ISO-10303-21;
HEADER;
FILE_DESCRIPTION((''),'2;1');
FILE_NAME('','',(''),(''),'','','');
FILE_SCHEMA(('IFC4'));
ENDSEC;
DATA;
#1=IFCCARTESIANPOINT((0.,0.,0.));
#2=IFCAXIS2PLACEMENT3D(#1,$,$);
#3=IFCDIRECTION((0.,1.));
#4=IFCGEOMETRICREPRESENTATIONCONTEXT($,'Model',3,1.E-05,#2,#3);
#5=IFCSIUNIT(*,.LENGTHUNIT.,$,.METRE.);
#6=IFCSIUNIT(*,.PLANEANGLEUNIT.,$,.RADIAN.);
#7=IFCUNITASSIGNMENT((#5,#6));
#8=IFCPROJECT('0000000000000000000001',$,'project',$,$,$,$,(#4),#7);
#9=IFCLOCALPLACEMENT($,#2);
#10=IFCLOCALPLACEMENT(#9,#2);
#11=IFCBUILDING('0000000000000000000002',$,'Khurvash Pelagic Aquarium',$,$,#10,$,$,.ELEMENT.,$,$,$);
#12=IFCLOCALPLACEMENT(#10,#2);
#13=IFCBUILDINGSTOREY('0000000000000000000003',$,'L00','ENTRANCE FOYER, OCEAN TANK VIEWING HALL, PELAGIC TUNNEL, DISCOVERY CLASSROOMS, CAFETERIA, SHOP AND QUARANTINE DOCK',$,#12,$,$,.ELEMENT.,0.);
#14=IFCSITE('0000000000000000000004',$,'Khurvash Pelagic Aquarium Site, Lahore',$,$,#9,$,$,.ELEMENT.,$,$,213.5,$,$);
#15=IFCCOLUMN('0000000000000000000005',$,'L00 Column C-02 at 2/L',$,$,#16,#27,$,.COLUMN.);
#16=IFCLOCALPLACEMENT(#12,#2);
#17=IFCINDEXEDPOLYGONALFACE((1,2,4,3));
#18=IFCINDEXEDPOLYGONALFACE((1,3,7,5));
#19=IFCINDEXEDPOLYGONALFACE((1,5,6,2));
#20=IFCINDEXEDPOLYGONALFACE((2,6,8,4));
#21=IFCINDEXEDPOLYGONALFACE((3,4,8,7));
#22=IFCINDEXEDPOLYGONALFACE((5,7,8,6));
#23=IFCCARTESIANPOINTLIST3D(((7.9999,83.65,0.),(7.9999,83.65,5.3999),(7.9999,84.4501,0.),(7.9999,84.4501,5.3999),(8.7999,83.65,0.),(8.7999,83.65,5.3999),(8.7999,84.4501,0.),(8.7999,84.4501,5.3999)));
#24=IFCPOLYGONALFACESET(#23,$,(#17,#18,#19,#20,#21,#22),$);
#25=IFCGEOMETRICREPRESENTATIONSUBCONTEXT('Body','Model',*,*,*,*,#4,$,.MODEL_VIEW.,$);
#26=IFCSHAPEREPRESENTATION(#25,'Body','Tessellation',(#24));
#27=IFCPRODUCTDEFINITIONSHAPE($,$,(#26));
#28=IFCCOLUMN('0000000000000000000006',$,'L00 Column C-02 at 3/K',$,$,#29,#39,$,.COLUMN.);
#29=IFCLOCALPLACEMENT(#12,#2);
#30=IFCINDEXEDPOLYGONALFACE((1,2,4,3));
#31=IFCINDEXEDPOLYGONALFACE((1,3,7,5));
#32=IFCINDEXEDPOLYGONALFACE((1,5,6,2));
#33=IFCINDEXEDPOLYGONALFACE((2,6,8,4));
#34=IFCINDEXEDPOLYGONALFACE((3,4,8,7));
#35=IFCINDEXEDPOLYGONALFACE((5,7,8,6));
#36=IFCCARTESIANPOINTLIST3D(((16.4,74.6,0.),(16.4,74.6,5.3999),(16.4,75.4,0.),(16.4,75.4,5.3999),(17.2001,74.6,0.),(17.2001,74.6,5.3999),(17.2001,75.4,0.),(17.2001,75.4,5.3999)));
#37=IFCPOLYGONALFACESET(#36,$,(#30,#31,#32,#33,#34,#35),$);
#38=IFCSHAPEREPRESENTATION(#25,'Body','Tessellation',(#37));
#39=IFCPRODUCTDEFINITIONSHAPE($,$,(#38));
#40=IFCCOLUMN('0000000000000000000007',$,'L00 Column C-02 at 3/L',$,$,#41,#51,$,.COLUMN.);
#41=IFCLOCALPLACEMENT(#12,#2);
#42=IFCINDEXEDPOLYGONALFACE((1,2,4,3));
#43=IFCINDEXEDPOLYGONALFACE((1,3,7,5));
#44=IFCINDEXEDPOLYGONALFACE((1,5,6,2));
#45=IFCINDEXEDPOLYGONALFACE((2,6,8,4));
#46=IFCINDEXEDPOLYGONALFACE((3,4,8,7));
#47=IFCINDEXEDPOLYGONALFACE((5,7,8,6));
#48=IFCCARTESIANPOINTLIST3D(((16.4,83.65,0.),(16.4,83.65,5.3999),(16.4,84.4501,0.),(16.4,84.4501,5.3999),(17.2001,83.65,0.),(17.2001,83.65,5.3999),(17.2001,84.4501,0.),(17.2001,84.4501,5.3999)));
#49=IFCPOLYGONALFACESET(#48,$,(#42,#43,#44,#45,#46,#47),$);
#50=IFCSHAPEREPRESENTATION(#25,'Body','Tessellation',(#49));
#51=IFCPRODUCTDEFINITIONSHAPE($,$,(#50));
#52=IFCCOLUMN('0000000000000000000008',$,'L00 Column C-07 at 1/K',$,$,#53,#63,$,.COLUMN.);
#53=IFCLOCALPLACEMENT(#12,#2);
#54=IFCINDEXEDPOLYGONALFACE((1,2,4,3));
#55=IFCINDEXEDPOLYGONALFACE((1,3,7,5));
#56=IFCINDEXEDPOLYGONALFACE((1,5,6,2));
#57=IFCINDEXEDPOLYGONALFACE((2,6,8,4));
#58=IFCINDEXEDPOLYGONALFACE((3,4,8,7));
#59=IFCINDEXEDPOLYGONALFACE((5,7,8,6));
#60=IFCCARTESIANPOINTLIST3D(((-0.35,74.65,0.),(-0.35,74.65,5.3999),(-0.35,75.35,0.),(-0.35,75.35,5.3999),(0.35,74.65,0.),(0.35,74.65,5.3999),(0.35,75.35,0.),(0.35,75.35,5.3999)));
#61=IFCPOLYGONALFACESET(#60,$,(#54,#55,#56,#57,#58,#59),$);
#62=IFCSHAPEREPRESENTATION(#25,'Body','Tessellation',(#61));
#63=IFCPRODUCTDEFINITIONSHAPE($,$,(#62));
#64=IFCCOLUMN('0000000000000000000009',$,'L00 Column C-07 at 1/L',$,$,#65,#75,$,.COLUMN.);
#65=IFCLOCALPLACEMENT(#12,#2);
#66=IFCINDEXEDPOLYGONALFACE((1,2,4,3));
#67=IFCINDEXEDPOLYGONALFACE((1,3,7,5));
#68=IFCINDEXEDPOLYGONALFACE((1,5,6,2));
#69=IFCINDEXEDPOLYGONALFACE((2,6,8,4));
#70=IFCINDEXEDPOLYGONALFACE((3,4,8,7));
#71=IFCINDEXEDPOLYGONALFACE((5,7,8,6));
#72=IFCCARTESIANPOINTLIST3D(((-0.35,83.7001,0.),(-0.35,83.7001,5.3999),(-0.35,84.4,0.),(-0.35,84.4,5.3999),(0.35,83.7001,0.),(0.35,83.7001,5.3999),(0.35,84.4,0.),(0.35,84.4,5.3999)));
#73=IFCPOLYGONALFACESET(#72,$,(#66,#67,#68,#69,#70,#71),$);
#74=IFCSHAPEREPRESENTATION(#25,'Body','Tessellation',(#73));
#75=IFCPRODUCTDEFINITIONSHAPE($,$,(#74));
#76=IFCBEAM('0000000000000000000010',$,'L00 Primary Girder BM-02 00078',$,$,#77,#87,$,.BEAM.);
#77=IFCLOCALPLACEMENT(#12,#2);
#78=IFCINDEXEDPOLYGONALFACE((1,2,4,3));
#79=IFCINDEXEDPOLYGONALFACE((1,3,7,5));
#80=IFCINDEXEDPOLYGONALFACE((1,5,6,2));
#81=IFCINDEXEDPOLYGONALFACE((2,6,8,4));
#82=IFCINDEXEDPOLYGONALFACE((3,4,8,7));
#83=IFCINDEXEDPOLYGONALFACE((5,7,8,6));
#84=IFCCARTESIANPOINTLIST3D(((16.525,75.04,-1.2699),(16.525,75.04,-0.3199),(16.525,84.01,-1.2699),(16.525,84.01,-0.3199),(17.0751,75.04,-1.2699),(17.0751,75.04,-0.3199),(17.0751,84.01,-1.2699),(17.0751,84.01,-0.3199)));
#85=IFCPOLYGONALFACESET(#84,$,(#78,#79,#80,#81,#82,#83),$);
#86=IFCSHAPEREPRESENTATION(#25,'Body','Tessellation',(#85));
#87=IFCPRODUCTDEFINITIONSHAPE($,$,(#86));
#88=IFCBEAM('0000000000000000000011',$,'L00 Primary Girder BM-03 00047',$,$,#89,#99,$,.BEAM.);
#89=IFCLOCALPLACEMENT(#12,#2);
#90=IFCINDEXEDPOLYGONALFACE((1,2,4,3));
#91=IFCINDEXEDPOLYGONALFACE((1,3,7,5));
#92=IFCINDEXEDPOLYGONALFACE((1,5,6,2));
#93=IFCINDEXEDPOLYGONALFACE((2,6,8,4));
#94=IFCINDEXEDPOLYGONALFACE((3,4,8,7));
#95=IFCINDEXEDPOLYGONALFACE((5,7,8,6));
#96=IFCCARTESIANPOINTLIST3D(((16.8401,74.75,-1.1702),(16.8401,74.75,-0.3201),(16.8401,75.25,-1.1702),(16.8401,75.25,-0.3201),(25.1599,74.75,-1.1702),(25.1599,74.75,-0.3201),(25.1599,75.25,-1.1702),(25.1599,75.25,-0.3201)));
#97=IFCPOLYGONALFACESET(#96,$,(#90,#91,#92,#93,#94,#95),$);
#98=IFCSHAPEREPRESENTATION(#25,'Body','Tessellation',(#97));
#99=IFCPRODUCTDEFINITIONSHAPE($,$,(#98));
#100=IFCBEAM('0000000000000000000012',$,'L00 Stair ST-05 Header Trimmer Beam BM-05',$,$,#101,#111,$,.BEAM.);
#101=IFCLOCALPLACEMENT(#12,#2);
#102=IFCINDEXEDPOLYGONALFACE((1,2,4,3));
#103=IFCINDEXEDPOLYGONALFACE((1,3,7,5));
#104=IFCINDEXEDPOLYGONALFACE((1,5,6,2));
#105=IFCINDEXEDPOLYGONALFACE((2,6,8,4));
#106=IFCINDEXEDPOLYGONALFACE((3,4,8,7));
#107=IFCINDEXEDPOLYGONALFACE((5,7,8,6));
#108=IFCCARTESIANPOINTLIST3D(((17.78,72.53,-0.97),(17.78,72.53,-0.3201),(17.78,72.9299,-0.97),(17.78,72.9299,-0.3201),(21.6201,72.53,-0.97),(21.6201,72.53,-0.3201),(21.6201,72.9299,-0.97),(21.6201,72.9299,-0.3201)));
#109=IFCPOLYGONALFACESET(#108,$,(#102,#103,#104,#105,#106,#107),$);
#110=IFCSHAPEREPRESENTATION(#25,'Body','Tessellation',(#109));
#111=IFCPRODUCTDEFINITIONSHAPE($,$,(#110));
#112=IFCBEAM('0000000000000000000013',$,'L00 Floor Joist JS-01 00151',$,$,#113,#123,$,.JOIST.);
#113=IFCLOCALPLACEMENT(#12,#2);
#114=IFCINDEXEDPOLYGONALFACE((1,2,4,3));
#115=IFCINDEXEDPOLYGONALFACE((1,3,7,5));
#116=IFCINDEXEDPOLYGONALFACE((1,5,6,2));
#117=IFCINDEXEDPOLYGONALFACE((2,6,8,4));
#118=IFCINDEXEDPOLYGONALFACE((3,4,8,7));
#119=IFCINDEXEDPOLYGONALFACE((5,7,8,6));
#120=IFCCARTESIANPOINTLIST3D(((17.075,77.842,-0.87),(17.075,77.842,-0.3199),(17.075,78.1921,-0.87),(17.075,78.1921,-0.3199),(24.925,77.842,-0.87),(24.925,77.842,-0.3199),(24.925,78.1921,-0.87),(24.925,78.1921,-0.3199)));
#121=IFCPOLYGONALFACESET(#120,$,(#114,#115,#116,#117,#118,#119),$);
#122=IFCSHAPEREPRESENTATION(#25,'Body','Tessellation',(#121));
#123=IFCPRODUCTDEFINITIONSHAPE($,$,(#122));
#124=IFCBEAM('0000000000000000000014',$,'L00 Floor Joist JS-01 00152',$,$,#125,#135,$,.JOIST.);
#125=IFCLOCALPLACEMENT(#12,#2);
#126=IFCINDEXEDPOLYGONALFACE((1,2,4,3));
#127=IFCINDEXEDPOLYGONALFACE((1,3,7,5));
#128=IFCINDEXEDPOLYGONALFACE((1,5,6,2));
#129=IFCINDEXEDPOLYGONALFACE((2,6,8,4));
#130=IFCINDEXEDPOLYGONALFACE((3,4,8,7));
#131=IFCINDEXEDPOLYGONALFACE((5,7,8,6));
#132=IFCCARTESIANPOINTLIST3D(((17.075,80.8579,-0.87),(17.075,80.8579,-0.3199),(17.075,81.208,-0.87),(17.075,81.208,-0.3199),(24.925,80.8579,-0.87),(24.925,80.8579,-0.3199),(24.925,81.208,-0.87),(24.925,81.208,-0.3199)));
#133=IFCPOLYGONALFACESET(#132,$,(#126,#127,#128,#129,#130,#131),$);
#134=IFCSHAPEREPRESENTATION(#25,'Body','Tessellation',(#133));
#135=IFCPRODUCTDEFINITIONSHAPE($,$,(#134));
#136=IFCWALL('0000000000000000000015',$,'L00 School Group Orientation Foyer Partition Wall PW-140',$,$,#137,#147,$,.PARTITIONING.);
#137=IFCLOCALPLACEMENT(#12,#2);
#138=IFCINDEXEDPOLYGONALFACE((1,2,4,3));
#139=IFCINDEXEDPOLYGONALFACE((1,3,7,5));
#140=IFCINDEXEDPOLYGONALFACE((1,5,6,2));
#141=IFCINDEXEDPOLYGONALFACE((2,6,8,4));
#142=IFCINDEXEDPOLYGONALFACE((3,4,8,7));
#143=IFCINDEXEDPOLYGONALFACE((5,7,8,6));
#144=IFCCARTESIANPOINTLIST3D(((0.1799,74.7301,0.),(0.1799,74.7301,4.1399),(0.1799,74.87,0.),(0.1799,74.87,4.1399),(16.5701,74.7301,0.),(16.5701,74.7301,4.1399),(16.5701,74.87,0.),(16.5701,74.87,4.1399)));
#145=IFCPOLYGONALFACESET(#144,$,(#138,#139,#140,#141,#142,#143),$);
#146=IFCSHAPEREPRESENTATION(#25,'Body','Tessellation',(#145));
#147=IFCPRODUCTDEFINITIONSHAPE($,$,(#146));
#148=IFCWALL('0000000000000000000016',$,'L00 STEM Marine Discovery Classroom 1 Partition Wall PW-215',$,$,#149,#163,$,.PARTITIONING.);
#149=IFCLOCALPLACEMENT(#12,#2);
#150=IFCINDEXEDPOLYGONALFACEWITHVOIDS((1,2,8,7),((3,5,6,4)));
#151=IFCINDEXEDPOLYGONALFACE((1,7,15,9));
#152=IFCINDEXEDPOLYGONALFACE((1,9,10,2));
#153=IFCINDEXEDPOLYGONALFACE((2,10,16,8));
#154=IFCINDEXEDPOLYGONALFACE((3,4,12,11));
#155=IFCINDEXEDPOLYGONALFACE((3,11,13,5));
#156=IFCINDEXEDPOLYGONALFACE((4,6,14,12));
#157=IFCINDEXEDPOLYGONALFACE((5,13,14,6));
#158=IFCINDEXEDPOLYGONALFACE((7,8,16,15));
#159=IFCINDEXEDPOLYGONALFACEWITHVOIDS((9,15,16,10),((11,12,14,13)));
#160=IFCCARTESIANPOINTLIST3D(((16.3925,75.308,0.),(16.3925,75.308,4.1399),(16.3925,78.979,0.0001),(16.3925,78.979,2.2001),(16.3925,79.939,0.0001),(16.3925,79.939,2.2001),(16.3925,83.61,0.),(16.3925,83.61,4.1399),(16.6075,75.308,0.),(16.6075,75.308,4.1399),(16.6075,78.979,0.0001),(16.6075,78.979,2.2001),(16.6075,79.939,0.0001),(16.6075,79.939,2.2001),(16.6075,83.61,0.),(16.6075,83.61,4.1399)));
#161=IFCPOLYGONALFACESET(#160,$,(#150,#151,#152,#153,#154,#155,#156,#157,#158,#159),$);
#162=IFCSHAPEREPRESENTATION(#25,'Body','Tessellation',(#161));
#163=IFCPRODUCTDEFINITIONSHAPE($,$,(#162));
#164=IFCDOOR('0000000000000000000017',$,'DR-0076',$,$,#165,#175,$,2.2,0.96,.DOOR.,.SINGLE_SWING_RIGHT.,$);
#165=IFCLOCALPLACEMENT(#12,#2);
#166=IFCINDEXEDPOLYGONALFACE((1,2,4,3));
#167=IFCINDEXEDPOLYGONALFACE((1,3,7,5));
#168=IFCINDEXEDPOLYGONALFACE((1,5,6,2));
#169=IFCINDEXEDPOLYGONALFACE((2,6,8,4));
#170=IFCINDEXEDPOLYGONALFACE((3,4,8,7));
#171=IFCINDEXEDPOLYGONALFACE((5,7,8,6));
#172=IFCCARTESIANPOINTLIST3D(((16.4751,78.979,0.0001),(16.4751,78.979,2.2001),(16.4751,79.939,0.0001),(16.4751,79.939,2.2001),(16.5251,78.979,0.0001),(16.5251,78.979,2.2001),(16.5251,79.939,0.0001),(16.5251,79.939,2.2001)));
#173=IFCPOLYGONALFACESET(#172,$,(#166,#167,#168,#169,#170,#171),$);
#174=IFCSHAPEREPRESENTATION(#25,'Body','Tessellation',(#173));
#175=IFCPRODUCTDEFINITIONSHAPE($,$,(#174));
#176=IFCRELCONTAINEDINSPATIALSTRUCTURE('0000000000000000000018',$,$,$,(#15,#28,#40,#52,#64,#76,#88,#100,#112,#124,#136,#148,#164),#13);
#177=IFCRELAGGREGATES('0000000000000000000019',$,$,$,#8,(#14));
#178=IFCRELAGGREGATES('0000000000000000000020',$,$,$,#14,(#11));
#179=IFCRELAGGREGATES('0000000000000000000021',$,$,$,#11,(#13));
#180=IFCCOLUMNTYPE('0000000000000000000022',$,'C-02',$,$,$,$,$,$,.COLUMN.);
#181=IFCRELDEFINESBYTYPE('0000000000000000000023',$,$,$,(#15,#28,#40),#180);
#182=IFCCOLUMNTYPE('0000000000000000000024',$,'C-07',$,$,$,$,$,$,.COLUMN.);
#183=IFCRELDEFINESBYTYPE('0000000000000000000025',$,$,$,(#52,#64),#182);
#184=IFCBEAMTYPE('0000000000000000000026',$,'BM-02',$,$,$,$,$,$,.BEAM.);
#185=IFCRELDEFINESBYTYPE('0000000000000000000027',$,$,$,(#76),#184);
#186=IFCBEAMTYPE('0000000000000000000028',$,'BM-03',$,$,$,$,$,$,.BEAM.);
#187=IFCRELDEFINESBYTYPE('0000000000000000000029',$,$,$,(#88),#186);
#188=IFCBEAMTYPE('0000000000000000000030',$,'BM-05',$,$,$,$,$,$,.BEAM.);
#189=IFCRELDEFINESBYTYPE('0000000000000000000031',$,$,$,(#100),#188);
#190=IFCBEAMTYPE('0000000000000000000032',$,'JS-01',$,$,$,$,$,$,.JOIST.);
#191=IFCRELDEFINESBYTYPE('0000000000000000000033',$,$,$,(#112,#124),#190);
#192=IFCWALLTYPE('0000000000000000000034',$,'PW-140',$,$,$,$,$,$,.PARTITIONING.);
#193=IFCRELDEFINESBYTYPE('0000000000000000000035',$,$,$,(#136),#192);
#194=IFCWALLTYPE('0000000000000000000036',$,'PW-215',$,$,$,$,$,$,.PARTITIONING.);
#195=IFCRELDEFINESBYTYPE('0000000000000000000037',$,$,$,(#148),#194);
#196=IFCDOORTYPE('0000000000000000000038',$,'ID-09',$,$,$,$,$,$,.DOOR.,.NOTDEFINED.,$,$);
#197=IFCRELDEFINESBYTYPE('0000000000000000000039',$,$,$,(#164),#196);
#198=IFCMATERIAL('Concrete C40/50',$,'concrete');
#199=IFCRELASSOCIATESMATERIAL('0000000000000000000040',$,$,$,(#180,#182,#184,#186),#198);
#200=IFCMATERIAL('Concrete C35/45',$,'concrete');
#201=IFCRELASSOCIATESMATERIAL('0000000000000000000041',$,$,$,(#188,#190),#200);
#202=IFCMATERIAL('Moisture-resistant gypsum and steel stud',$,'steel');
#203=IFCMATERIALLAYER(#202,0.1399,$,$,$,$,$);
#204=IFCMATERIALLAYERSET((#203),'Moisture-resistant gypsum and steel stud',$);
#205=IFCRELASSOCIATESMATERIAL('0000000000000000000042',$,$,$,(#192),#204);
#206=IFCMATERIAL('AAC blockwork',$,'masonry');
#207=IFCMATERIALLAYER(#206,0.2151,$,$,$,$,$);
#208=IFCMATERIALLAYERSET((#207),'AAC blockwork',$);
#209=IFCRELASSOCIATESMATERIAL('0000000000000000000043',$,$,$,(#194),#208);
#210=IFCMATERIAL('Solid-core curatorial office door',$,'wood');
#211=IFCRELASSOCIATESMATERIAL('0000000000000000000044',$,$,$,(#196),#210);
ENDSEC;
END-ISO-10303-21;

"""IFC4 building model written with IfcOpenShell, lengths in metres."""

from ifc_helpers import new_model, si_unit, direction, frame, frame_2d, origin, origin_2d, place, context, subcontext, project, spatial, rectangle, extrude, material, layer, layer_set, material_profile, profile_set, type_object, element, fill, save


model = new_model("IFC4")

# Units and contexts
model_context = context("Model", 3, precision=1e-05, world=origin(), true_north=direction((0.0, 1.0)))
body_context = subcontext(model_context, "Body", "Model", "MODEL_VIEW")
ifc_project = project(units=[si_unit("LENGTHUNIT", "METRE"), si_unit("PLANEANGLEUNIT", "RADIAN")], contexts=[model_context])

# Site, building, storey
site_placement = place(None, origin())
site = spatial("IfcSite", under=ifc_project, at=site_placement, Name="Khurvash Pelagic Aquarium Site, Lahore", CompositionType="ELEMENT", RefElevation=213.5)
building_placement = place(site_placement, origin())
building = spatial("IfcBuilding", under=site, at=building_placement, Name="Khurvash Pelagic Aquarium", CompositionType="ELEMENT")
storey_placement = place(building_placement, origin())
storey = spatial("IfcBuildingStorey", under=building, at=storey_placement, Name="L00", Description="ENTRANCE FOYER, OCEAN TANK VIEWING HALL, PELAGIC TUNNEL, DISCOVERY CLASSROOMS, CAFETERIA, SHOP AND QUARANTINE DOCK", CompositionType="ELEMENT", Elevation=0.0)

# Columns
ifc_material_1 = material(Name="Concrete C40/50", Category="concrete")
ifc_material_profile_1 = material_profile(ifc_material_1, rectangle(XDim=0.8, YDim=0.8, at=origin_2d()), Name="RC800X800")
ifc_profile_set_1 = profile_set([ifc_material_profile_1], Name="Concrete C40/50")
column_type_1 = type_object("IfcColumnType", Name="C-02", PredefinedType="COLUMN", material=ifc_profile_set_1)
for number, where, z_axis, x_axis, name in (
    (1, (8.3999, 84.05, 0.0), (0.0, 0.0, 1.0), (1.0, 0.0, 0.0), "L00 Column C-02 at 2/L"),
    (2, (16.8, 75.0, 0.0), (0.0, 0.0, 1.0), (1.0, 0.0, 0.0), "L00 Column C-02 at 3/K"),
    (3, (16.8, 84.05, 0.0), (0.0, 0.0, 1.0), (1.0, 0.0, 0.0), "L00 Column C-02 at 3/L"),
):
    element("IfcColumn", number, at=place(storey_placement, frame(where, z_axis=z_axis, x_axis=x_axis)), inside=storey, type_object=column_type_1, Name=name, PredefinedType="COLUMN", context=body_context, shape_type="SweptSolid", body=[
        extrude(rectangle(XDim=0.8, YDim=0.8, at=origin_2d()), origin(), (0.0, 0.0, 1.0), 5.3999),
    ])
ifc_material_profile_2 = material_profile(ifc_material_1, rectangle(XDim=0.7, YDim=0.7, at=origin_2d()), Name="RC700X700")
ifc_profile_set_2 = profile_set([ifc_material_profile_2], Name="Concrete C40/50")
column_type_2 = type_object("IfcColumnType", Name="C-07", PredefinedType="COLUMN", material=ifc_profile_set_2)
for number, where, z_axis, x_axis, name in (
    (4, (0.0, 75.0, 0.0), (0.0, 0.0, 1.0), (1.0, 0.0, 0.0), "L00 Column C-07 at 1/K"),
    (5, (0.0, 84.05, 0.0), (0.0, 0.0, 1.0), (1.0, 0.0, 0.0), "L00 Column C-07 at 1/L"),
):
    element("IfcColumn", number, at=place(storey_placement, frame(where, z_axis=z_axis, x_axis=x_axis)), inside=storey, type_object=column_type_2, Name=name, PredefinedType="COLUMN", context=body_context, shape_type="SweptSolid", body=[
        extrude(rectangle(XDim=0.7, YDim=0.7, at=origin_2d()), origin(), (0.0, 0.0, 1.0), 5.3999),
    ])

# Beams
ifc_material_profile_3 = material_profile(ifc_material_1, rectangle(XDim=0.55, YDim=0.95, at=origin_2d()), Name="RC550X950")
ifc_profile_set_3 = profile_set([ifc_material_profile_3], Name="Concrete C40/50")
beam_type_1 = type_object("IfcBeamType", Name="BM-02", PredefinedType="BEAM", material=ifc_profile_set_3)
beam_1_placement = place(storey_placement, frame((16.8, 75.04, -0.7949), z_axis=(0.0, 1.0, 0.0), x_axis=(-1.0, 0.0, 0.0)))
element("IfcBeam", 6, at=beam_1_placement, inside=storey, type_object=beam_type_1, Name="L00 Primary Girder BM-02 00078", PredefinedType="BEAM", context=body_context, shape_type="SweptSolid", body=[
    extrude(rectangle(XDim=0.55, YDim=0.95, at=origin_2d()), origin(), (0.0, 0.0, 1.0), 8.97),
])
ifc_material_profile_4 = material_profile(ifc_material_1, rectangle(XDim=0.5, YDim=0.8501, at=origin_2d()), Name="RC500X850")
ifc_profile_set_4 = profile_set([ifc_material_profile_4], Name="Concrete C40/50")
beam_type_2 = type_object("IfcBeamType", Name="BM-03", PredefinedType="BEAM", material=ifc_profile_set_4)
beam_2_placement = place(storey_placement, frame((16.8401, 75.0, -0.7451), z_axis=(1.0, 0.0, 0.0), x_axis=(0.0, 1.0, 0.0)))
element("IfcBeam", 7, at=beam_2_placement, inside=storey, type_object=beam_type_2, Name="L00 Primary Girder BM-03 00047", PredefinedType="BEAM", context=body_context, shape_type="SweptSolid", body=[
    extrude(rectangle(XDim=0.5, YDim=0.8501, at=origin_2d()), origin(), (0.0, 0.0, 1.0), 8.3198),
])
ifc_material_2 = material(Name="Concrete C35/45", Category="concrete")
ifc_material_profile_5 = material_profile(ifc_material_2, rectangle(XDim=0.3999, YDim=0.6499, at=origin_2d()), Name="RC400X650")
ifc_profile_set_5 = profile_set([ifc_material_profile_5], Name="Concrete C35/45")
beam_type_3 = type_object("IfcBeamType", Name="BM-05", PredefinedType="BEAM", material=ifc_profile_set_5)
beam_3_placement = place(storey_placement, frame((17.78, 72.73, -0.645), z_axis=(1.0, 0.0, 0.0), x_axis=(0.0, 1.0, 0.0)))
element("IfcBeam", 8, at=beam_3_placement, inside=storey, type_object=beam_type_3, Name="L00 Stair ST-05 Header Trimmer Beam BM-05", PredefinedType="BEAM", context=body_context, shape_type="SweptSolid", body=[
    extrude(rectangle(XDim=0.3999, YDim=0.6499, at=origin_2d()), origin(), (0.0, 0.0, 1.0), 3.8401),
])
ifc_material_profile_6 = material_profile(ifc_material_2, rectangle(XDim=0.3501, YDim=0.55, at=origin_2d()), Name="RC350X550")
ifc_profile_set_6 = profile_set([ifc_material_profile_6], Name="Concrete C35/45")
beam_type_4 = type_object("IfcBeamType", Name="JS-01", PredefinedType="JOIST", material=ifc_profile_set_6)
for number, where, z_axis, x_axis, name in (
    (9, (17.075, 78.0171, -0.595), (1.0, 0.0, 0.0), (0.0, 1.0, 0.0), "L00 Floor Joist JS-01 00151"),
    (10, (17.075, 81.033, -0.595), (1.0, 0.0, 0.0), (0.0, 1.0, 0.0), "L00 Floor Joist JS-01 00152"),
):
    element("IfcBeam", number, at=place(storey_placement, frame(where, z_axis=z_axis, x_axis=x_axis)), inside=storey, type_object=beam_type_4, Name=name, PredefinedType="JOIST", context=body_context, shape_type="SweptSolid", body=[
        extrude(rectangle(XDim=0.3501, YDim=0.55, at=origin_2d()), origin(), (0.0, 0.0, 1.0), 7.8501),
    ])

# Wall
ifc_material_3 = material(Name="Moisture-resistant gypsum and steel stud", Category="steel")
ifc_layer_1 = layer(ifc_material_3, 0.1399)
ifc_layer_set_1 = layer_set([ifc_layer_1], Name="Moisture-resistant gypsum and steel stud")
wall_type_1 = type_object("IfcWallType", Name="PW-140", PredefinedType="PARTITIONING", material=ifc_layer_set_1)
wall_1_placement = place(storey_placement, frame((0.1799, 74.8, 0.0), z_axis=(0.0, 0.0, 1.0), x_axis=(1.0, 0.0, 0.0)))
element("IfcWall", 11, at=wall_1_placement, inside=storey, type_object=wall_type_1, Name="L00 School Group Orientation Foyer Partition Wall PW-140", PredefinedType="PARTITIONING", context=body_context, shape_type="SweptSolid", body=[
    extrude(rectangle(XDim=16.3901, YDim=0.1399, at=frame_2d((8.1951, 0.0))), origin(), (0.0, 0.0, 1.0), 4.1399),
])

# Wall, opening, door
ifc_material_4 = material(Name="AAC blockwork", Category="masonry")
ifc_layer_2 = layer(ifc_material_4, 0.2151)
ifc_layer_set_2 = layer_set([ifc_layer_2], Name="AAC blockwork")
wall_type_2 = type_object("IfcWallType", Name="PW-215", PredefinedType="PARTITIONING", material=ifc_layer_set_2)
wall_2_placement = place(storey_placement, frame((16.5, 75.3081, 0.0), z_axis=(0.0, 0.0, 1.0), x_axis=(0.0, 1.0, 0.0)))
wall_2 = element("IfcWall", 12, at=wall_2_placement, inside=storey, type_object=wall_type_2, Name="L00 STEM Marine Discovery Classroom 1 Partition Wall PW-215", PredefinedType="PARTITIONING", context=body_context, shape_type="SweptSolid", body=[
    extrude(rectangle(XDim=8.302, YDim=0.2151, at=frame_2d((4.1509, 0.0))), origin(), (0.0, 0.0, 1.0), 4.1399),
])
opening_1_placement = place(wall_2_placement, frame((3.6709, 0.0, 0.0)))
opening_1 = element("IfcOpeningElement", 13, at=opening_1_placement, cuts=wall_2, PredefinedType="OPENING", context=body_context, shape_type="SweptSolid", body=[
    extrude(rectangle(XDim=0.96, YDim=2.2, at=frame_2d((0.48, 1.1001))), frame((0.0, 0.1177, 0.0), z_axis=(0.0, -1.0, 0.0), x_axis=(1.0, 0.0, 0.0)), (0.0, 0.0, 1.0), 0.2351),
])
ifc_material_5 = material(Name="Solid-core curatorial office door", Category="wood")
door_type_1 = type_object("IfcDoorType", Name="ID-09", OperationType="NOTDEFINED", PredefinedType="DOOR", material=ifc_material_5)
door_1_placement = place(opening_1_placement, origin())
door_1 = element("IfcDoor", 14, at=door_1_placement, inside=storey, type_object=door_type_1, Name="DR-0076", OperationType="SINGLE_SWING_RIGHT", OverallHeight=2.2, OverallWidth=0.96, PredefinedType="DOOR", context=body_context, shape_type="SweptSolid", body=[
    extrude(rectangle(XDim=0.96, YDim=2.2, at=frame_2d((0.48, 1.1001))), frame((0.0, 0.0249, 0.0), z_axis=(0.0, -1.0, 0.0), x_axis=(1.0, 0.0, 0.0)), (0.0, 0.0, 1.0), 0.05),
])
fill(opening_1, door_1)

save(model, "model.ifc")
